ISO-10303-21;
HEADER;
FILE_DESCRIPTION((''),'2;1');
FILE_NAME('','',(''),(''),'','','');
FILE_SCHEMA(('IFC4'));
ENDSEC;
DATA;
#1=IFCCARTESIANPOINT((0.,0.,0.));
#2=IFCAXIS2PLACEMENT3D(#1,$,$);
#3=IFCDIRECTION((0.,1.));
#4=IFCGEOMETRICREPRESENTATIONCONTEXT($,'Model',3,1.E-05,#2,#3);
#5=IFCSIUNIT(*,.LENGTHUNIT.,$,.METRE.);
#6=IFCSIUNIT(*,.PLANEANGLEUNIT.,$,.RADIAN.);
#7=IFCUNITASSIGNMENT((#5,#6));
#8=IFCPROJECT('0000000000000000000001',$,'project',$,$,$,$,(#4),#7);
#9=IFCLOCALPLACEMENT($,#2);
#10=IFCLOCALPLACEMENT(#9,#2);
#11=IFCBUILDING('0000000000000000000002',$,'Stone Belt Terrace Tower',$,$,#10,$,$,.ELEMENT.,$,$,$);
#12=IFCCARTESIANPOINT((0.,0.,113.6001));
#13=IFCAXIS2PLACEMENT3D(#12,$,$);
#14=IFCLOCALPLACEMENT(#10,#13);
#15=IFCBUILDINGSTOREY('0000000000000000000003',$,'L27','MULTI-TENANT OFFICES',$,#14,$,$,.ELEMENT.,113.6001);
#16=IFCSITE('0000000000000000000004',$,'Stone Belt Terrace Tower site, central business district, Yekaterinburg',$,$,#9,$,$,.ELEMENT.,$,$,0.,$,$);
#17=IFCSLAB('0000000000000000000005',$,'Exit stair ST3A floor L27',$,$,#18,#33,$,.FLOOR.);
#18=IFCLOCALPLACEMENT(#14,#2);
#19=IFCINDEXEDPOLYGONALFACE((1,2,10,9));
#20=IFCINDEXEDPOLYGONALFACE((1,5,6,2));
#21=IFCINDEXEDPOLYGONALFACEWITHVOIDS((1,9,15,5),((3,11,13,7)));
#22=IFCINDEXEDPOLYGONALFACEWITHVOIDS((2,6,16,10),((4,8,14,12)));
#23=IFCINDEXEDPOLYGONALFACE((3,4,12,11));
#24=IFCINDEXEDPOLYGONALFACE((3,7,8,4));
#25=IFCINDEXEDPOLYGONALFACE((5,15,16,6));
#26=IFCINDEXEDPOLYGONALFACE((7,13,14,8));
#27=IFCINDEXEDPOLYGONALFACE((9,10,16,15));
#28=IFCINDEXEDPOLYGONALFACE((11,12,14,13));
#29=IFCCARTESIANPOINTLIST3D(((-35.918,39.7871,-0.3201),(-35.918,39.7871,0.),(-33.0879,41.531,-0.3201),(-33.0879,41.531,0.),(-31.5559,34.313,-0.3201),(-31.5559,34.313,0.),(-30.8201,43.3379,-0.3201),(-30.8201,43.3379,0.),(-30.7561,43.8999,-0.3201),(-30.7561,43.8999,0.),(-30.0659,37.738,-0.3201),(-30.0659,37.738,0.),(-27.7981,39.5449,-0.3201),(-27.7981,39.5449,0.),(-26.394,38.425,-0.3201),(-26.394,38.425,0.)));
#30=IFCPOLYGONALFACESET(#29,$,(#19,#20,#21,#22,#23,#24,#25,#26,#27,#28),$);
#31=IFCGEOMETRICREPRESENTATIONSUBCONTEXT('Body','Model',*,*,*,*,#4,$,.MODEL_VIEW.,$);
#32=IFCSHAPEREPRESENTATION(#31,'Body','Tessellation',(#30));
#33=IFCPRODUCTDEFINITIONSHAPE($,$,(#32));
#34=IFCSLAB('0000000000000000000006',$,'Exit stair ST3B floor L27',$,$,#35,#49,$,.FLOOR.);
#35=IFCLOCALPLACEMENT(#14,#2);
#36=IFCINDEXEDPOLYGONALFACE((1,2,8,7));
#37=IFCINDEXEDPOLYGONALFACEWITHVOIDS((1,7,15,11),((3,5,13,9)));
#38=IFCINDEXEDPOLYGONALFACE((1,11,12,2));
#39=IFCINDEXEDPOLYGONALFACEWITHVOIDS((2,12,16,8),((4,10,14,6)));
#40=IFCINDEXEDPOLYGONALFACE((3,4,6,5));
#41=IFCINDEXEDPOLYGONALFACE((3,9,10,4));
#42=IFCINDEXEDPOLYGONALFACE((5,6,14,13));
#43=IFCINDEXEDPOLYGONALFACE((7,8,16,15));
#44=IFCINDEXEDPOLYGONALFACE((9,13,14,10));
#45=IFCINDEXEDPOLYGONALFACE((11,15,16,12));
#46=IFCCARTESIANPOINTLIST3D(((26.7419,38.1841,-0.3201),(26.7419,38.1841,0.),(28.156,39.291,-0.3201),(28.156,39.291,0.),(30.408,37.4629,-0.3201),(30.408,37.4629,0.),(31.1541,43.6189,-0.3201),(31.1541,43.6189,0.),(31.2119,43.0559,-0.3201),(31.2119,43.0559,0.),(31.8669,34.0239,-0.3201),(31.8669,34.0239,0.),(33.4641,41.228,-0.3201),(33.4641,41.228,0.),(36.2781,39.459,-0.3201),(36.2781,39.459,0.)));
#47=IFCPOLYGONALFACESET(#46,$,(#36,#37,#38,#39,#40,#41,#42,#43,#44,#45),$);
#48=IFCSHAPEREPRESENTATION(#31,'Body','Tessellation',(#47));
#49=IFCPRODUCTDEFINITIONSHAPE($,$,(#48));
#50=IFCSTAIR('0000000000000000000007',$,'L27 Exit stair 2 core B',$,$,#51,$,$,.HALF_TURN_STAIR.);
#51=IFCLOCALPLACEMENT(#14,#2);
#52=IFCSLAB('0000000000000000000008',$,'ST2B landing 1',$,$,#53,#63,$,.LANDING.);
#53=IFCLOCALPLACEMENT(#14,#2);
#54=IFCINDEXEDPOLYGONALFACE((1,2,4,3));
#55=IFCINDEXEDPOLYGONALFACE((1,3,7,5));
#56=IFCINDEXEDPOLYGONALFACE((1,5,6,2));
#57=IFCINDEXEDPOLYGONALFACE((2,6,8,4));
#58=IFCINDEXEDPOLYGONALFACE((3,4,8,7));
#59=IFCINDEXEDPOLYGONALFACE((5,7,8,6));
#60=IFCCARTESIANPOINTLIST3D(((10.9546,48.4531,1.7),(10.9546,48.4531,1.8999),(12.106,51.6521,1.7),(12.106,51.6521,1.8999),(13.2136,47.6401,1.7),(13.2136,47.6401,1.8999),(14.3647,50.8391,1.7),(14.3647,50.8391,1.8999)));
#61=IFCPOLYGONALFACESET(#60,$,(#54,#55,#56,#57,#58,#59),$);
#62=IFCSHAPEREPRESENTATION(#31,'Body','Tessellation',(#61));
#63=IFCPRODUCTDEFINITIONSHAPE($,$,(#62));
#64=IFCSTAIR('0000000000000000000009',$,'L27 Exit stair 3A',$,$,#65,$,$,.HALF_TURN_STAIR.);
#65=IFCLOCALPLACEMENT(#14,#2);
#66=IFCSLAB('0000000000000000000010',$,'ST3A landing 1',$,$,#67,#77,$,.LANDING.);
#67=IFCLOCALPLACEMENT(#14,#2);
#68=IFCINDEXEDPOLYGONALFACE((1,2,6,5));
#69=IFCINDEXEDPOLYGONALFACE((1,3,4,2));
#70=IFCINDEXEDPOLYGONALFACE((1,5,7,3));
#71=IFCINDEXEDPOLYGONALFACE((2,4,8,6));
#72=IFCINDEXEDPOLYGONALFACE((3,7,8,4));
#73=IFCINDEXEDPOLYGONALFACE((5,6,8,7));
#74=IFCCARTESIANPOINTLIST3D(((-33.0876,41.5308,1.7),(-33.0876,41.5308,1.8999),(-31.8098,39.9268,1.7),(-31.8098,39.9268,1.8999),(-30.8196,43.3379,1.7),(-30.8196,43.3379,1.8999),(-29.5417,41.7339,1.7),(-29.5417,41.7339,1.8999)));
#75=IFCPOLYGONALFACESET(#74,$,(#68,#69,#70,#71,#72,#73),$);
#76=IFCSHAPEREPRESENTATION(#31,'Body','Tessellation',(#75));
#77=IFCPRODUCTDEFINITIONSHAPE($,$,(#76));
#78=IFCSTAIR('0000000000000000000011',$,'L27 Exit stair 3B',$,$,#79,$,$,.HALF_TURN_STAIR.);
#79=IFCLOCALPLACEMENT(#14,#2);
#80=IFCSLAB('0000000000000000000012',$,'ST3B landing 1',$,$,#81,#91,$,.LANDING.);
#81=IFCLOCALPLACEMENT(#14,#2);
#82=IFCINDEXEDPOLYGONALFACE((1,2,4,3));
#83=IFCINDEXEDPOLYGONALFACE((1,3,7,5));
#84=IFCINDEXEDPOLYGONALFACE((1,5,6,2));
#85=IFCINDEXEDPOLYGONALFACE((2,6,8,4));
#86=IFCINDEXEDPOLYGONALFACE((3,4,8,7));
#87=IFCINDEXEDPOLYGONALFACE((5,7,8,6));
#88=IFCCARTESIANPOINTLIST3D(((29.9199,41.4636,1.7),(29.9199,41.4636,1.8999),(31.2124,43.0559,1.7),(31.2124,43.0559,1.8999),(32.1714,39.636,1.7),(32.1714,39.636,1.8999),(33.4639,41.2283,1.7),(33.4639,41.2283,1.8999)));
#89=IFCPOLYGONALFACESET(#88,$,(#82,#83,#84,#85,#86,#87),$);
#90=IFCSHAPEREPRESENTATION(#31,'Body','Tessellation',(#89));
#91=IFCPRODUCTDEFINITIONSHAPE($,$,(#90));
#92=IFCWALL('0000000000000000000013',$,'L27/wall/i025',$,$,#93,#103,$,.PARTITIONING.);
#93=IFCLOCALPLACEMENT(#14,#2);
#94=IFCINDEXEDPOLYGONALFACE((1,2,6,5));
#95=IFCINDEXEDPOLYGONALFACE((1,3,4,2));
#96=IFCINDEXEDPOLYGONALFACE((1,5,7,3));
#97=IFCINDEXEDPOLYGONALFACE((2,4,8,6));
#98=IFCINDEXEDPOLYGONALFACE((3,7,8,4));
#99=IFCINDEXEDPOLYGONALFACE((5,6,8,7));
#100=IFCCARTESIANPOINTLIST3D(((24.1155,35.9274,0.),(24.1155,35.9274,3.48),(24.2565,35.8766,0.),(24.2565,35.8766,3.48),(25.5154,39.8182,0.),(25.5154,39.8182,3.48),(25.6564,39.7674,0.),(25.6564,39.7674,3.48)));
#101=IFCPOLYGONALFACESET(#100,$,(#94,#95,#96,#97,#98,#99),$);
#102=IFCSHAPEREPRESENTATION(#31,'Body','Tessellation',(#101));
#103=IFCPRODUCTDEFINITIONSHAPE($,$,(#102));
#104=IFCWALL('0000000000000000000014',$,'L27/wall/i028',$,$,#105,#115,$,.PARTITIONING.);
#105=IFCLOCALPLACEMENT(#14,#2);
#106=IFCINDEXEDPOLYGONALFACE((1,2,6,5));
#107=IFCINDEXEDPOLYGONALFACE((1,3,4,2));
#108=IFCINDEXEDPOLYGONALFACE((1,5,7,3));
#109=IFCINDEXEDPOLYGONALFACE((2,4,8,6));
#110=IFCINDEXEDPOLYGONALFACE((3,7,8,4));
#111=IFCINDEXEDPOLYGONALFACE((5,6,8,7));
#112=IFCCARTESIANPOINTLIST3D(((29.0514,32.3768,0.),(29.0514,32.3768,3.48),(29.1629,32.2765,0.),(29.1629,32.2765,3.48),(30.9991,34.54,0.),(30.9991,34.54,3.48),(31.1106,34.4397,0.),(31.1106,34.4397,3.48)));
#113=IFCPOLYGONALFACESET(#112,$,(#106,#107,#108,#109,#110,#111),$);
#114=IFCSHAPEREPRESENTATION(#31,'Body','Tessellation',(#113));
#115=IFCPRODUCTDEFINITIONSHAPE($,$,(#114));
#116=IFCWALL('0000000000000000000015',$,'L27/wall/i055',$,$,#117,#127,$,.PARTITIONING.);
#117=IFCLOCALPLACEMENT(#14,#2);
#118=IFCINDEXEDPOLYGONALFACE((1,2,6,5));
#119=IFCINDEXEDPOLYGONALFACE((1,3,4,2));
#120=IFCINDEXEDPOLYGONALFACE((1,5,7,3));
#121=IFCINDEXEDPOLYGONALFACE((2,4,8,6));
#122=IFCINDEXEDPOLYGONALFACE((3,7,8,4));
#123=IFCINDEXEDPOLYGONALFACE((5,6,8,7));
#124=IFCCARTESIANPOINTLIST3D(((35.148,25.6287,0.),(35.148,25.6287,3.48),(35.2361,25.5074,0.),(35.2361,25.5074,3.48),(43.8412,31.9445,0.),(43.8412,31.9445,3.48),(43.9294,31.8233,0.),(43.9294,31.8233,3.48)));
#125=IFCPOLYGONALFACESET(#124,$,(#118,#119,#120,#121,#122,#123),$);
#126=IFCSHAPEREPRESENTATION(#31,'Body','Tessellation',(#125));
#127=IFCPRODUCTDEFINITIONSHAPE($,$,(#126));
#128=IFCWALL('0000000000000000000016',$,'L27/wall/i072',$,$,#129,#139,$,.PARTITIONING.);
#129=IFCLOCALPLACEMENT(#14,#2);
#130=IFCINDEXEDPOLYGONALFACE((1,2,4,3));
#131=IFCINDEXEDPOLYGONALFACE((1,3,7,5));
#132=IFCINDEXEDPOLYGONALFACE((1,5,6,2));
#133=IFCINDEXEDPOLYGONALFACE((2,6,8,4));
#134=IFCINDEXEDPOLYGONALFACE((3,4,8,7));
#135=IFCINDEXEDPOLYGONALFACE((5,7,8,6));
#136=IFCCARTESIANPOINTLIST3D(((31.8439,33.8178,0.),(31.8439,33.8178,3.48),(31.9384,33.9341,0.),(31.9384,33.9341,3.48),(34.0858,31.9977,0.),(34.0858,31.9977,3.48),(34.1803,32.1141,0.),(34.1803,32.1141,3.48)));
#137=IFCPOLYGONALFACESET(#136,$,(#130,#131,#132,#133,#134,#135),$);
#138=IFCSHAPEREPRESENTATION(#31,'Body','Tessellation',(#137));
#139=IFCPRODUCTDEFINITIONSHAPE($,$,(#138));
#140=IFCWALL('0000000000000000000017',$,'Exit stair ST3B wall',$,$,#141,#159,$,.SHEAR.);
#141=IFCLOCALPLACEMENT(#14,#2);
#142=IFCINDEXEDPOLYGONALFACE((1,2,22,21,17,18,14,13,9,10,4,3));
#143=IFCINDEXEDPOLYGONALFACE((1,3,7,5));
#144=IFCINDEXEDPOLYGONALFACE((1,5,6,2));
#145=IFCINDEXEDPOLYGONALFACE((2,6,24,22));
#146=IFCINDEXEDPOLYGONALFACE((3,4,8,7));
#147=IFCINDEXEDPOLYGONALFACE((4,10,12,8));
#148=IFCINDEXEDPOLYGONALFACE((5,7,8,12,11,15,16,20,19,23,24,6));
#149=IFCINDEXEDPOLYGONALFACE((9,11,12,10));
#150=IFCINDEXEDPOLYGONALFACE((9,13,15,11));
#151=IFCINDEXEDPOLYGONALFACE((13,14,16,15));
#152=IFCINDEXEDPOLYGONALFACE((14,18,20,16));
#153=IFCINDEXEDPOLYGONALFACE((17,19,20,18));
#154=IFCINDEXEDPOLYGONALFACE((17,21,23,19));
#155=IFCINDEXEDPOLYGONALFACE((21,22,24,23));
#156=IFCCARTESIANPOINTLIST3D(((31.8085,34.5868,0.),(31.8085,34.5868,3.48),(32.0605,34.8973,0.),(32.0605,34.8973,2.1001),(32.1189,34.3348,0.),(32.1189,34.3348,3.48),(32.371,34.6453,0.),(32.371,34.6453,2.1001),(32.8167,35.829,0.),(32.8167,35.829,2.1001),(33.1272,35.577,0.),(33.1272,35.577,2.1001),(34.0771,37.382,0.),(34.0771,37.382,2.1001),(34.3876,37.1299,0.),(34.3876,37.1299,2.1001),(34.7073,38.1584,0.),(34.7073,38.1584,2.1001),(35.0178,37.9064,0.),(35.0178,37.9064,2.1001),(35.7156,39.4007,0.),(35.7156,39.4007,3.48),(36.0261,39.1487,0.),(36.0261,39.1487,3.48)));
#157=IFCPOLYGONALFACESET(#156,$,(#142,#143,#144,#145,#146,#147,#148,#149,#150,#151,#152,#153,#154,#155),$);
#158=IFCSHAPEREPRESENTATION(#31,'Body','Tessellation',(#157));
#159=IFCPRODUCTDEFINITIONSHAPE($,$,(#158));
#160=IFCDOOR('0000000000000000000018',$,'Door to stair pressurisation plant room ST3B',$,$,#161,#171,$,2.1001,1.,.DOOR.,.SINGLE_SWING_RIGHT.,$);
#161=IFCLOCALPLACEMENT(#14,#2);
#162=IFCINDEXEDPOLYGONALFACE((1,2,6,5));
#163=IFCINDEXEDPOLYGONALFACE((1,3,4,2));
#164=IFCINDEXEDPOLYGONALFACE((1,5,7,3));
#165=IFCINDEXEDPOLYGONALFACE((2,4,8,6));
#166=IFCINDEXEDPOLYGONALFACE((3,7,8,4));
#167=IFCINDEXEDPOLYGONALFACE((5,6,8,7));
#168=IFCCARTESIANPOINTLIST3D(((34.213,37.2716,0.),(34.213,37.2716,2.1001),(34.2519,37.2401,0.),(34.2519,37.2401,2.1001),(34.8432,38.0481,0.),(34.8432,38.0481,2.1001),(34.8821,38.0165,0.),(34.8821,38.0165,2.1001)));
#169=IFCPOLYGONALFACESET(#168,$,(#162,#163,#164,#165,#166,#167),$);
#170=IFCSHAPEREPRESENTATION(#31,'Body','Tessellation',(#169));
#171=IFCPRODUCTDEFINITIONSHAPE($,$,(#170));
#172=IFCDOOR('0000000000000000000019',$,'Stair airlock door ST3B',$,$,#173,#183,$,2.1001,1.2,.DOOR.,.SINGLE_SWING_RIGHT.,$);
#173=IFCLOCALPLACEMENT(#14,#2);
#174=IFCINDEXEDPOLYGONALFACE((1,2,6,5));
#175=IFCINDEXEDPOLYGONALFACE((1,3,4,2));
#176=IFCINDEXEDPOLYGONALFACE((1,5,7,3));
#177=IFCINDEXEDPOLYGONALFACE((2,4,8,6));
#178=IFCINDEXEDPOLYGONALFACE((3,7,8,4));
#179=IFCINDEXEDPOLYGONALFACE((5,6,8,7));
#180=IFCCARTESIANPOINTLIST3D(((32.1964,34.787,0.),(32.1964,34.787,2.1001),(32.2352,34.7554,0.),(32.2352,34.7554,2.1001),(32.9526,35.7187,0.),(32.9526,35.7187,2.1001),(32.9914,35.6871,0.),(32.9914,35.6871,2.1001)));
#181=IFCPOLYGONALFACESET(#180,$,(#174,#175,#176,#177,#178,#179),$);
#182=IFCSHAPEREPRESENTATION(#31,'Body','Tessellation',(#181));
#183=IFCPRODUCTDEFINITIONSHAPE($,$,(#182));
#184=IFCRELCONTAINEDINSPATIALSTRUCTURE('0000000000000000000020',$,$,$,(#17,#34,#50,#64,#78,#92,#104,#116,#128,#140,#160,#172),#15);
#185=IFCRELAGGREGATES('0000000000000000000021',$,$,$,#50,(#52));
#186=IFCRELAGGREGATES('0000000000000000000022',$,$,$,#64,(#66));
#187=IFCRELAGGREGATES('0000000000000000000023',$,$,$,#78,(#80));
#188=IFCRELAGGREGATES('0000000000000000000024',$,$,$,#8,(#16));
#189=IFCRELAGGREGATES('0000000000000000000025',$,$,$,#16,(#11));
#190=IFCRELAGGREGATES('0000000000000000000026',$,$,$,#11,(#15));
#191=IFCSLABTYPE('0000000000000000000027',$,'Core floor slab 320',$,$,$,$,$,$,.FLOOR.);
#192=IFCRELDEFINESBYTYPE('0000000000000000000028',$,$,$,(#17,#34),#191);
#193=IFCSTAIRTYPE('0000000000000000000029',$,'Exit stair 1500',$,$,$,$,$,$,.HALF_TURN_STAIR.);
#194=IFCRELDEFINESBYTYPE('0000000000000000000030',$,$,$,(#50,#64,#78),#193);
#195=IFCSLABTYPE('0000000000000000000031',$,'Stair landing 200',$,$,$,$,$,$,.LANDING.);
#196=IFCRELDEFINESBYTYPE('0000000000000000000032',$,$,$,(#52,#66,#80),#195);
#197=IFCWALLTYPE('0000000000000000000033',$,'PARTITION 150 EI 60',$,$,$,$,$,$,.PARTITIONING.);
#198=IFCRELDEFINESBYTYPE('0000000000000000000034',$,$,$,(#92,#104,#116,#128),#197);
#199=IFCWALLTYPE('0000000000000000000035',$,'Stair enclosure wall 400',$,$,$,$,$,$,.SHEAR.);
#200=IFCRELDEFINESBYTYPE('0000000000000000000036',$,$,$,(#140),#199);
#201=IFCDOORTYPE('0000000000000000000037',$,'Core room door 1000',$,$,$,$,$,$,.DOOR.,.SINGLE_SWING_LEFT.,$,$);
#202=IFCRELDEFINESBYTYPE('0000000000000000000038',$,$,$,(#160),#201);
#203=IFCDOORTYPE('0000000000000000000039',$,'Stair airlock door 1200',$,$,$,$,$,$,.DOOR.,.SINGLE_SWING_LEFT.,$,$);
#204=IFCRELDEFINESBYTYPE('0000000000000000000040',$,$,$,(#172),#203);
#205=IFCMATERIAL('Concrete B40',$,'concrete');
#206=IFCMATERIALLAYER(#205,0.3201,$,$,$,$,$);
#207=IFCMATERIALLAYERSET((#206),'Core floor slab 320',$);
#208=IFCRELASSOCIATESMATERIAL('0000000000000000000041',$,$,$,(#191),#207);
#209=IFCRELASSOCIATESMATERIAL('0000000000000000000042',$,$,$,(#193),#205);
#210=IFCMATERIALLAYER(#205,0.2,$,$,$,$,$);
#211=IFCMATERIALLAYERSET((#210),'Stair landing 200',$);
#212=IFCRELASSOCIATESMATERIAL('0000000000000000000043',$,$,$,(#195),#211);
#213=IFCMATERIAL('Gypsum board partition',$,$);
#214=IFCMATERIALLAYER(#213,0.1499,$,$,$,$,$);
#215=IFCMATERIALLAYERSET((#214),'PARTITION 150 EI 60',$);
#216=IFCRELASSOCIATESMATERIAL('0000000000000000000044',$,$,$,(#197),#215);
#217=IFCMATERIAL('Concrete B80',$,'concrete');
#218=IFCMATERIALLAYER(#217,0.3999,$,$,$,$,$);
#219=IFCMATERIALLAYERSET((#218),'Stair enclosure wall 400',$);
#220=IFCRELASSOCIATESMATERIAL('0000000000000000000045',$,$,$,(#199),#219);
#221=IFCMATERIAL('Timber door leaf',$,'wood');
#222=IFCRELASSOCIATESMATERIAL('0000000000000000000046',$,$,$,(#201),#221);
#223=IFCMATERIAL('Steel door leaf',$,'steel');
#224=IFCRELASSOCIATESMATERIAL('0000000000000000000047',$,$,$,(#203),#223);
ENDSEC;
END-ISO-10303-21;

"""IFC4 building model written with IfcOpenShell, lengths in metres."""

from ifc_helpers import new_model, si_unit, direction, frame, frame_2d, origin, place, context, subcontext, project, spatial, polyline, rectangle, outline, extrude, material, layer, layer_set, type_object, element, fill, aggregate, save


model = new_model("IFC4")

# Units and contexts
model_context = context("Model", 3, precision=1e-05, world=origin(), true_north=direction((0.0, 1.0)))
body_context = subcontext(model_context, "Body", "Model", "MODEL_VIEW")
ifc_project = project(units=[si_unit("LENGTHUNIT", "METRE"), si_unit("PLANEANGLEUNIT", "RADIAN")], contexts=[model_context])

# Site, building, storey
site_placement = place(None, origin())
site = spatial("IfcSite", under=ifc_project, at=site_placement, Name="Stone Belt Terrace Tower site, central business district, Yekaterinburg", CompositionType="ELEMENT", RefElevation=0.0)
building_placement = place(site_placement, origin())
building = spatial("IfcBuilding", under=site, at=building_placement, Name="Stone Belt Terrace Tower", CompositionType="ELEMENT")
storey_placement = place(building_placement, frame((0.0, 0.0, 113.6001)))
storey = spatial("IfcBuildingStorey", under=building, at=storey_placement, Name="L27", Description="MULTI-TENANT OFFICES", CompositionType="ELEMENT", Elevation=113.6001)

# Shared definitions
ifc_material_1 = material(Name="Concrete B80", Category="concrete")

# Slabs
ifc_material_2 = material(Name="Concrete B40", Category="concrete")
ifc_layer_1 = layer(ifc_material_2, 0.3201)
ifc_layer_set_1 = layer_set([ifc_layer_1], Name="Core floor slab 320")
slab_type_1 = type_object("IfcSlabType", Name="Core floor slab 320", PredefinedType="FLOOR", material=ifc_layer_set_1)
slab_1_placement = place(storey_placement, frame((0.0, 0.0, -0.3201)))
element("IfcSlab", 1, at=slab_1_placement, inside=storey, type_object=slab_type_1, Name="Exit stair ST3A floor L27", PredefinedType="FLOOR", context=body_context, shape_type="SweptSolid", body=[
    extrude(outline(polyline([(-26.394, 38.425), (-30.7561, 43.8999), (-35.918, 39.7871), (-31.5559, 34.313), (-26.394, 38.425)]), holes=[polyline([(-27.7981, 39.5449), (-30.0659, 37.738), (-33.0879, 41.531), (-30.8201, 43.3379), (-27.7981, 39.5449)])]), origin(), (0.0, 0.0, 1.0), 0.3201),
])
slab_2_placement = place(storey_placement, frame((0.0, 0.0, -0.3201)))
element("IfcSlab", 2, at=slab_2_placement, inside=storey, type_object=slab_type_1, Name="Exit stair ST3B floor L27", PredefinedType="FLOOR", context=body_context, shape_type="SweptSolid", body=[
    extrude(outline(polyline([(26.7419, 38.1841), (31.8669, 34.0239), (36.2781, 39.459), (31.1541, 43.6189), (26.7419, 38.1841)]), holes=[polyline([(30.408, 37.4629), (28.156, 39.291), (31.2119, 43.0559), (33.4641, 41.228), (30.408, 37.4629)])]), origin(), (0.0, 0.0, 1.0), 0.3201),
])

# Stairs, slabs
stair_type = type_object("IfcStairType", Name="Exit stair 1500", PredefinedType="HALF_TURN_STAIR", material=ifc_material_2)
stair_1_placement = place(storey_placement, origin())
stair_1 = element("IfcStair", 3, at=stair_1_placement, inside=storey, type_object=stair_type, Name="L27 Exit stair 2 core B", PredefinedType="HALF_TURN_STAIR")
ifc_layer_2 = layer(ifc_material_2, 0.2)
ifc_layer_set_2 = layer_set([ifc_layer_2], Name="Stair landing 200")
slab_type_2 = type_object("IfcSlabType", Name="Stair landing 200", PredefinedType="LANDING", material=ifc_layer_set_2)
slab_3_placement = place(storey_placement, frame((0.0, 0.0, 1.7)))
slab_3 = element("IfcSlab", 4, at=slab_3_placement, type_object=slab_type_2, Name="ST2B landing 1", PredefinedType="LANDING", context=body_context, shape_type="SweptSolid", body=[
    extrude(outline(polyline([(14.3647, 50.8391), (12.106, 51.6521), (10.9546, 48.4531), (13.2136, 47.6401), (14.3647, 50.8391)])), origin(), (0.0, 0.0, 1.0), 0.2),
])
aggregate(stair_1, [slab_3])
stair_2_placement = place(storey_placement, origin())
stair_2 = element("IfcStair", 5, at=stair_2_placement, inside=storey, type_object=stair_type, Name="L27 Exit stair 3A", PredefinedType="HALF_TURN_STAIR")
slab_4_placement = place(storey_placement, frame((0.0, 0.0, 1.7)))
slab_4 = element("IfcSlab", 6, at=slab_4_placement, type_object=slab_type_2, Name="ST3A landing 1", PredefinedType="LANDING", context=body_context, shape_type="SweptSolid", body=[
    extrude(outline(polyline([(-29.5417, 41.7339), (-30.8196, 43.3379), (-33.0876, 41.5308), (-31.8098, 39.9268), (-29.5417, 41.7339)])), origin(), (0.0, 0.0, 1.0), 0.2),
])
aggregate(stair_2, [slab_4])
stair_3_placement = place(storey_placement, origin())
stair_3 = element("IfcStair", 7, at=stair_3_placement, inside=storey, type_object=stair_type, Name="L27 Exit stair 3B", PredefinedType="HALF_TURN_STAIR")
slab_5_placement = place(storey_placement, frame((0.0, 0.0, 1.7)))
slab_5 = element("IfcSlab", 8, at=slab_5_placement, type_object=slab_type_2, Name="ST3B landing 1", PredefinedType="LANDING", context=body_context, shape_type="SweptSolid", body=[
    extrude(outline(polyline([(32.1714, 39.636), (33.4639, 41.2283), (31.2124, 43.0559), (29.9199, 41.4636), (32.1714, 39.636)])), origin(), (0.0, 0.0, 1.0), 0.2),
])
aggregate(stair_3, [slab_5])

# Walls
ifc_material_3 = material(Name="Gypsum board partition")
ifc_layer_3 = layer(ifc_material_3, 0.1499)
ifc_layer_set_3 = layer_set([ifc_layer_3], Name="PARTITION 150 EI 60")
wall_type_1 = type_object("IfcWallType", Name="PARTITION 150 EI 60", PredefinedType="PARTITIONING", material=ifc_layer_set_3)
wall_1_placement = place(storey_placement, frame((24.186, 35.9021, 0.0), z_axis=(0.0, 0.0, 1.0), x_axis=(0.338546, 0.94095, 0.0)))
element("IfcWall", 9, at=wall_1_placement, inside=storey, type_object=wall_type_1, Name="L27/wall/i025", PredefinedType="PARTITIONING", context=body_context, shape_type="SweptSolid", body=[
    extrude(rectangle(XDim=4.135, YDim=0.1499, at=frame_2d((2.0674, 0.0))), origin(), (0.0, 0.0, 1.0), 3.48),
])
wall_2_placement = place(storey_placement, frame((31.0549, 34.49, 0.0), z_axis=(0.0, 0.0, 1.0), x_axis=(-0.669108, -0.743165, 0.0)))
element("IfcWall", 10, at=wall_2_placement, inside=storey, type_object=wall_type_1, Name="L27/wall/i028", PredefinedType="PARTITIONING", context=body_context, shape_type="SweptSolid", body=[
    extrude(rectangle(XDim=2.9109, YDim=0.1499, at=frame_2d((1.4556, 0.0))), origin(), (0.0, 0.0, 1.0), 3.48),
])
wall_3_placement = place(storey_placement, frame((35.1921, 25.5681, 0.0), z_axis=(0.0, 0.0, 1.0), x_axis=(0.809025, 0.587774, 0.0)))
element("IfcWall", 11, at=wall_3_placement, inside=storey, type_object=wall_type_1, Name="L27/wall/i055", PredefinedType="PARTITIONING", context=body_context, shape_type="SweptSolid", body=[
    extrude(rectangle(XDim=10.7454, YDim=0.1499, at=frame_2d((5.3726, 0.0))), origin(), (0.0, 0.0, 1.0), 3.48),
])
wall_4_placement = place(storey_placement, frame((34.1331, 32.0559, 0.0), z_axis=(0.0, 0.0, 1.0), x_axis=(-0.77637, 0.630277, 0.0)))
element("IfcWall", 12, at=wall_4_placement, inside=storey, type_object=wall_type_1, Name="L27/wall/i072", PredefinedType="PARTITIONING", context=body_context, shape_type="SweptSolid", body=[
    extrude(rectangle(XDim=2.8877, YDim=0.1499, at=frame_2d((1.4438, 0.0))), origin(), (0.0, 0.0, 1.0), 3.48),
])

# Wall, openings, doors
ifc_layer_4 = layer(ifc_material_1, 0.3999)
ifc_layer_set_4 = layer_set([ifc_layer_4], Name="Stair enclosure wall 400")
wall_type_2 = type_object("IfcWallType", Name="Stair enclosure wall 400", PredefinedType="SHEAR", material=ifc_layer_set_4)
wall_5_placement = place(storey_placement, frame((31.9636, 34.4607, 0.0), z_axis=(0.0, 0.0, 1.0), x_axis=(0.630192, 0.776439, 0.0)))
wall_5 = element("IfcWall", 13, at=wall_5_placement, inside=storey, type_object=wall_type_2, Name="Exit stair ST3B wall", PredefinedType="SHEAR", context=body_context, shape_type="SweptSolid", body=[
    extrude(rectangle(XDim=6.2, YDim=0.3999, at=frame_2d((3.1001, 0.0))), origin(), (0.0, 0.0, 1.0), 3.48),
])
opening_1_placement = place(wall_5_placement, frame((0.3999, 0.0, 0.0)))
opening_1 = element("IfcOpeningElement", 14, at=opening_1_placement, cuts=wall_5, PredefinedType="OPENING", context=body_context, shape_type="SweptSolid", body=[
    extrude(rectangle(XDim=1.2, YDim=2.1001, at=frame_2d((0.6001, 1.05))), frame((0.0, 0.21, 0.0), z_axis=(0.0, -1.0, 0.0), x_axis=(1.0, 0.0, 0.0)), (0.0, 0.0, 1.0), 0.4199),
])
opening_2_placement = place(wall_5_placement, frame((3.6001, 0.0, 0.0)))
opening_2 = element("IfcOpeningElement", 15, at=opening_2_placement, cuts=wall_5, PredefinedType="OPENING", context=body_context, shape_type="SweptSolid", body=[
    extrude(rectangle(XDim=1.0, YDim=2.1001, at=frame_2d((0.5, 1.05))), frame((0.0, 0.21, 0.0), z_axis=(0.0, -1.0, 0.0), x_axis=(1.0, 0.0, 0.0)), (0.0, 0.0, 1.0), 0.4199),
])
ifc_material_4 = material(Name="Timber door leaf", Category="wood")
door_type_1 = type_object("IfcDoorType", Name="Core room door 1000", OperationType="SINGLE_SWING_LEFT", PredefinedType="DOOR", material=ifc_material_4)
door_1_placement = place(opening_2_placement, origin())
door_1 = element("IfcDoor", 16, at=door_1_placement, inside=storey, type_object=door_type_1, Name="Door to stair pressurisation plant room ST3B", OperationType="SINGLE_SWING_RIGHT", OverallHeight=2.1001, OverallWidth=1.0, PredefinedType="DOOR", context=body_context, shape_type="SweptSolid", body=[
    extrude(rectangle(XDim=1.0, YDim=2.1001, at=frame_2d((0.5, 1.05))), frame((0.0, 0.0249, 0.0), z_axis=(0.0, -1.0, 0.0), x_axis=(1.0, 0.0, 0.0)), (0.0, 0.0, 1.0), 0.05),
])
fill(opening_2, door_1)
ifc_material_5 = material(Name="Steel door leaf", Category="steel")
door_type_2 = type_object("IfcDoorType", Name="Stair airlock door 1200", OperationType="SINGLE_SWING_LEFT", PredefinedType="DOOR", material=ifc_material_5)
door_2_placement = place(opening_1_placement, origin())
door_2 = element("IfcDoor", 17, at=door_2_placement, inside=storey, type_object=door_type_2, Name="Stair airlock door ST3B", OperationType="SINGLE_SWING_RIGHT", OverallHeight=2.1001, OverallWidth=1.2, PredefinedType="DOOR", context=body_context, shape_type="SweptSolid", body=[
    extrude(rectangle(XDim=1.2, YDim=2.1001, at=frame_2d((0.6001, 1.05))), frame((0.0, 0.0249, 0.0), z_axis=(0.0, -1.0, 0.0), x_axis=(1.0, 0.0, 0.0)), (0.0, 0.0, 1.0), 0.05),
])
fill(opening_1, door_2)

save(model, "model.ifc")
